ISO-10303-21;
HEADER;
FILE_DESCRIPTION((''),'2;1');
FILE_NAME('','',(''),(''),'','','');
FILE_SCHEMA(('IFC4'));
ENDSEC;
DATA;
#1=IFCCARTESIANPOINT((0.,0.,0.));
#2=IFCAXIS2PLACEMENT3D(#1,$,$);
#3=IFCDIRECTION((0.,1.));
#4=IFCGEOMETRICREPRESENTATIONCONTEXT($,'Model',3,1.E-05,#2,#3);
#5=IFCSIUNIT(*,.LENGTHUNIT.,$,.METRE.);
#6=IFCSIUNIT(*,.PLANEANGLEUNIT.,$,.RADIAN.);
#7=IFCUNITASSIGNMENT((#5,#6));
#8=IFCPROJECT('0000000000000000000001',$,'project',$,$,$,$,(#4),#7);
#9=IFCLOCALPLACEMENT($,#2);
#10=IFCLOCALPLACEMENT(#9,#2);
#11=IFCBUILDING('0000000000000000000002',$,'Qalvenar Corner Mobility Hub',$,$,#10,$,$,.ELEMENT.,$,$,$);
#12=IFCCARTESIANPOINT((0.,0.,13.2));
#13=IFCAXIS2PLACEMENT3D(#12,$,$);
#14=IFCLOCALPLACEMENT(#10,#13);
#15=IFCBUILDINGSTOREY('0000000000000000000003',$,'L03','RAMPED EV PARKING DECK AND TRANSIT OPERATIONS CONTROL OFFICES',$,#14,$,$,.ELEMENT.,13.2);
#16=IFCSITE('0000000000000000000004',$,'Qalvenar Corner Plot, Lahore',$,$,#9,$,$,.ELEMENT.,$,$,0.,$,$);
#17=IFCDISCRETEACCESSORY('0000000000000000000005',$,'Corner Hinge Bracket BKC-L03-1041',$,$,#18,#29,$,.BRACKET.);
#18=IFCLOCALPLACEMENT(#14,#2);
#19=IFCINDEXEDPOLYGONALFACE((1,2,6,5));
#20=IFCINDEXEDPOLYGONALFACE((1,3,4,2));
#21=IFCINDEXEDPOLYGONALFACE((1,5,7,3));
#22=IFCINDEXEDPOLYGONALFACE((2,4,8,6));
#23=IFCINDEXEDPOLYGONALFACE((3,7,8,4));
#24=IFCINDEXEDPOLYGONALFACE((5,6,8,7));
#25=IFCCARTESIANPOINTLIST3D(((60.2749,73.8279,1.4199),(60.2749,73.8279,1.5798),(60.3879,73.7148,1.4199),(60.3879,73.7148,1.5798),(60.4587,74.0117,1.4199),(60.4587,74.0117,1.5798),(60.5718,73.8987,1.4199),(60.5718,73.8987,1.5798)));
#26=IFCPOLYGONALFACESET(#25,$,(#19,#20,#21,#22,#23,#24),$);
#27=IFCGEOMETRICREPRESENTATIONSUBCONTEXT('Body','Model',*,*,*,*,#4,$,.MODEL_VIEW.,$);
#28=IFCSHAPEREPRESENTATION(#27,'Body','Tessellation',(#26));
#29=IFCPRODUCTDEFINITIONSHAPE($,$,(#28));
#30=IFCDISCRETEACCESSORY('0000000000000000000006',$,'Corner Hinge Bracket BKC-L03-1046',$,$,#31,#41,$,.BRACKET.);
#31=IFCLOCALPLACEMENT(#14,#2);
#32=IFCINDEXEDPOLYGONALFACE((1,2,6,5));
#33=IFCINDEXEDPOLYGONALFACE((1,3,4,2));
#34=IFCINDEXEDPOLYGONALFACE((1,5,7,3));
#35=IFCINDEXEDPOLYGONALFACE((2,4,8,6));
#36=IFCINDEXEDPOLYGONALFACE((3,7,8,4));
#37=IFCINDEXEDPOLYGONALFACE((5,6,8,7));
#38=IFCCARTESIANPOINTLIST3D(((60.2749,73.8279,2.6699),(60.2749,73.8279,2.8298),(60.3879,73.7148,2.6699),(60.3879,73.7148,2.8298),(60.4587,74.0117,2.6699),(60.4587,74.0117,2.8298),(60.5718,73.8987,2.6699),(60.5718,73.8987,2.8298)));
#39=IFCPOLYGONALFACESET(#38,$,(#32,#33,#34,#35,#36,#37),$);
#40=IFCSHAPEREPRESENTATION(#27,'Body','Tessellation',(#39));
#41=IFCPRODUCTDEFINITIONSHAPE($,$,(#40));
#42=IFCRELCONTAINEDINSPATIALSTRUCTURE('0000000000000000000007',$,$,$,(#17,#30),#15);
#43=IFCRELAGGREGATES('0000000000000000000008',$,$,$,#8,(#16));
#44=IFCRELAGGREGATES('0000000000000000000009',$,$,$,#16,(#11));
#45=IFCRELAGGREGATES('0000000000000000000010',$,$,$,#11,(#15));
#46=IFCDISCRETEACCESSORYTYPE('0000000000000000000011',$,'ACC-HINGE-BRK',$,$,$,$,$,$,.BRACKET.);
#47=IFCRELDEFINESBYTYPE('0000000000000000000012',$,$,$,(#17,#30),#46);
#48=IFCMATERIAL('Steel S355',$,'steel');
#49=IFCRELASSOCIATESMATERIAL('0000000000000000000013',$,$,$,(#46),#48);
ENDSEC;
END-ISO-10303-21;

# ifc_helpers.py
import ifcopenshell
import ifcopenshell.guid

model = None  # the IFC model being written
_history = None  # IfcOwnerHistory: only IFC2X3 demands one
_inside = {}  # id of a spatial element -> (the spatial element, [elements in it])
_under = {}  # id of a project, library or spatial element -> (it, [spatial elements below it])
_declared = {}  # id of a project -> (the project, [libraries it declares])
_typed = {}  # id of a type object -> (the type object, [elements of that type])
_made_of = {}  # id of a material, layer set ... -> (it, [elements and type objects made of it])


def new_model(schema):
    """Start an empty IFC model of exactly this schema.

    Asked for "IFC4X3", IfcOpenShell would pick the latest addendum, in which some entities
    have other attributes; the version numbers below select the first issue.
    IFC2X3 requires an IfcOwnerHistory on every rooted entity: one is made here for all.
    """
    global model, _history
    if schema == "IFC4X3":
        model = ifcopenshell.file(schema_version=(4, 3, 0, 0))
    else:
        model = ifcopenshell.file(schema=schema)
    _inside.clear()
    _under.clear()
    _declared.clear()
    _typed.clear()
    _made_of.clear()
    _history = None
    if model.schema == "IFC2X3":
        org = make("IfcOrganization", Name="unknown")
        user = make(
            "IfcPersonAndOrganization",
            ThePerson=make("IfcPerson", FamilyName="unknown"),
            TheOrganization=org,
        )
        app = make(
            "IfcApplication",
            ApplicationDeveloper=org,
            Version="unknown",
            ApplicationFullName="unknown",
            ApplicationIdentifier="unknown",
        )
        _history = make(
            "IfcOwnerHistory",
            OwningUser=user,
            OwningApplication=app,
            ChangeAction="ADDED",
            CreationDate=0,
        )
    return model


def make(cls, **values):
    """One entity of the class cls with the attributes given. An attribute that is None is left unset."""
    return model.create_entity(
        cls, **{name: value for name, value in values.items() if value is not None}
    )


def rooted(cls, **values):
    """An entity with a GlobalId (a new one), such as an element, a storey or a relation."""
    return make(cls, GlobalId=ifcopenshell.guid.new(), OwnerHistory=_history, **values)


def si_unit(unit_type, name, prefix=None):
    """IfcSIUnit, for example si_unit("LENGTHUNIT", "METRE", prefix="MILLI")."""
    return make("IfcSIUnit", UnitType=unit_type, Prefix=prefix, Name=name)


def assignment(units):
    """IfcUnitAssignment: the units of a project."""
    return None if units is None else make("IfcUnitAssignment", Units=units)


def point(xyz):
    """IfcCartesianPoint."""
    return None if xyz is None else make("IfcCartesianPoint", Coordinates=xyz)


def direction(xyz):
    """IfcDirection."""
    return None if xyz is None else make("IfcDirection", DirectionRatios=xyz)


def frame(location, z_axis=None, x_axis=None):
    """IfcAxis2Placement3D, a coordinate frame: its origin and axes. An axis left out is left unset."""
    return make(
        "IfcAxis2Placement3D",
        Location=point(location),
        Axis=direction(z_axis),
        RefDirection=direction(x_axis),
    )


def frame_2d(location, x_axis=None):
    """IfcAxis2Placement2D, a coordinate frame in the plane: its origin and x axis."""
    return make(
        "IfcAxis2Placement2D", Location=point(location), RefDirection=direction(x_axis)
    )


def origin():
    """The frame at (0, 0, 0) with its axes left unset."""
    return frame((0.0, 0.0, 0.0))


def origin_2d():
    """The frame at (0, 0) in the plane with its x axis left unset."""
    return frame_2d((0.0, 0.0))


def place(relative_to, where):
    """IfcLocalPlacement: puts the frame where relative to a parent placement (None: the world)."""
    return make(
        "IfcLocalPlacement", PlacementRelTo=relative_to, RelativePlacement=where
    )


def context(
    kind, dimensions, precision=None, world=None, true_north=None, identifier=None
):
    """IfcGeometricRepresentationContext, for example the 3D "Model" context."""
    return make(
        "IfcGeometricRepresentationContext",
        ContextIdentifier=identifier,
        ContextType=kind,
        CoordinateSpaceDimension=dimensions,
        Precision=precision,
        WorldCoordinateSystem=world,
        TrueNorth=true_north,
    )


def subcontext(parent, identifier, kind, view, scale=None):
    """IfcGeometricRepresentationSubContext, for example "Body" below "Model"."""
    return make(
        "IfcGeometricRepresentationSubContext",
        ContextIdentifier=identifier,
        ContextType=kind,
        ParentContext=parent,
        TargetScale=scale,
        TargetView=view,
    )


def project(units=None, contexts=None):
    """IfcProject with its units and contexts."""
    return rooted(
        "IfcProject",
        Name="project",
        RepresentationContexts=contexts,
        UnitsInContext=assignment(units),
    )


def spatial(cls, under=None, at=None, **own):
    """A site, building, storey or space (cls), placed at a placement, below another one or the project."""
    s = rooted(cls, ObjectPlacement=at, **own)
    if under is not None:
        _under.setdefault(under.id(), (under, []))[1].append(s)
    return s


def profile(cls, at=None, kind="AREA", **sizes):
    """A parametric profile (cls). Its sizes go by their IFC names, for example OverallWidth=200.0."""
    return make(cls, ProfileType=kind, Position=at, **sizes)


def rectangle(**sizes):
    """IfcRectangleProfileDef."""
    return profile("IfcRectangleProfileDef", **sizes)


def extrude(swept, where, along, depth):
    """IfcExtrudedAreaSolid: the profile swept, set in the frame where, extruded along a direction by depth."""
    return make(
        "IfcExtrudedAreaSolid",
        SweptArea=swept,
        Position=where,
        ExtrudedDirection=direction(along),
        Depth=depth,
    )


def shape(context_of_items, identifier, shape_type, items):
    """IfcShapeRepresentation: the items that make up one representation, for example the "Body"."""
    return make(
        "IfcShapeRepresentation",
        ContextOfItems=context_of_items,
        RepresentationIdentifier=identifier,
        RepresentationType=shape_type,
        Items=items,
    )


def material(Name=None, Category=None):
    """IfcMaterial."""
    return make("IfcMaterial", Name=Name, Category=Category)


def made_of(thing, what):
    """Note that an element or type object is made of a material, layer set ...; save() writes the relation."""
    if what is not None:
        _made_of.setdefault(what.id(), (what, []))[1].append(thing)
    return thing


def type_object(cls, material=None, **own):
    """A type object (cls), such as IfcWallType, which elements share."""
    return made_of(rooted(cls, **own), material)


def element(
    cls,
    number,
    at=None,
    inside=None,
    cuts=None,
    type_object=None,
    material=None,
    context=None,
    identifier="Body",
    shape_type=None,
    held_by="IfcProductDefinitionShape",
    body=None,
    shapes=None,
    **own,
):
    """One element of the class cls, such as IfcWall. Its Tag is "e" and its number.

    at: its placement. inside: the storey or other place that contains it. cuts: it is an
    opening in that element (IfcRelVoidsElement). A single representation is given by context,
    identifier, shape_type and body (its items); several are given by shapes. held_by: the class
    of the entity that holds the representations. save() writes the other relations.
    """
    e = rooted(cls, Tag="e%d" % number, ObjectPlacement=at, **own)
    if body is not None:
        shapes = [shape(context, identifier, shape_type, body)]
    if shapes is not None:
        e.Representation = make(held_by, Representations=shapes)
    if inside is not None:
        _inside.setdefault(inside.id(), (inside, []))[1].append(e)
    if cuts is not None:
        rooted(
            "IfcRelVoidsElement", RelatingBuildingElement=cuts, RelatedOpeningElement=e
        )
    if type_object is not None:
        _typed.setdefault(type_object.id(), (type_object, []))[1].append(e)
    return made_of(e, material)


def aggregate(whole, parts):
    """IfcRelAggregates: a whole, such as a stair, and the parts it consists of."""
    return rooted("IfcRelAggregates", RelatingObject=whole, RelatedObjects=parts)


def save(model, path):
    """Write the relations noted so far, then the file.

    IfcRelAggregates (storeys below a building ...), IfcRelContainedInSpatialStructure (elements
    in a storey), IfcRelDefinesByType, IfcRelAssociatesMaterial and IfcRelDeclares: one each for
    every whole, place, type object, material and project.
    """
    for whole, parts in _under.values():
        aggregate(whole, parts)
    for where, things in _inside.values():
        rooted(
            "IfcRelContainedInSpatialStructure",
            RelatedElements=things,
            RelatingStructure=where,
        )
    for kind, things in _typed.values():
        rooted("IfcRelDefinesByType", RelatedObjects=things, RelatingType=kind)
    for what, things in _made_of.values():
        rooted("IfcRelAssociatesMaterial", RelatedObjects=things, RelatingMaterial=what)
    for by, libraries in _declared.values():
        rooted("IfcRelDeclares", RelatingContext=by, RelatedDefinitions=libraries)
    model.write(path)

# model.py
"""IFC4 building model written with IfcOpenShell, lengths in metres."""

from ifc_helpers import new_model, si_unit, direction, frame, origin, origin_2d, place, context, subcontext, project, spatial, rectangle, extrude, material, type_object, element, save


model = new_model("IFC4")

# Units and contexts
model_context = context("Model", 3, precision=1e-05, world=origin(), true_north=direction((0.0, 1.0)))
body_context = subcontext(model_context, "Body", "Model", "MODEL_VIEW")
ifc_project = project(units=[si_unit("LENGTHUNIT", "METRE"), si_unit("PLANEANGLEUNIT", "RADIAN")], contexts=[model_context])

# Site, building, storey
site_placement = place(None, origin())
site = spatial("IfcSite", under=ifc_project, at=site_placement, Name="Qalvenar Corner Plot, Lahore", CompositionType="ELEMENT", RefElevation=0.0)
building_placement = place(site_placement, origin())
building = spatial("IfcBuilding", under=site, at=building_placement, Name="Qalvenar Corner Mobility Hub", CompositionType="ELEMENT")
storey_placement = place(building_placement, frame((0.0, 0.0, 13.2)))
storey = spatial("IfcBuildingStorey", under=building, at=storey_placement, Name="L03", Description="RAMPED EV PARKING DECK AND TRANSIT OPERATIONS CONTROL OFFICES", CompositionType="ELEMENT", Elevation=13.2)

# Shared definitions
ifc_material_1 = material(Name="Steel S355", Category="steel")

# Discrete accessories
discrete_accessory_type = type_object("IfcDiscreteAccessoryType", Name="ACC-HINGE-BRK", PredefinedType="BRACKET", material=ifc_material_1)
for number, where, z_axis, x_axis, name in (
    (1, (60.4233, 73.8633, 1.4199), (0.0, 0.0, 1.0), (0.707107, -0.707107, 0.0), "Corner Hinge Bracket BKC-L03-1041"),
    (2, (60.4233, 73.8633, 2.6699), (0.0, 0.0, 1.0), (0.707107, -0.707107, 0.0), "Corner Hinge Bracket BKC-L03-1046"),
):
    element("IfcDiscreteAccessory", number, at=place(storey_placement, frame(where, z_axis=z_axis, x_axis=x_axis)), inside=storey, type_object=discrete_accessory_type, Name=name, PredefinedType="BRACKET", context=body_context, shape_type="SweptSolid", body=[
        extrude(rectangle(XDim=0.1599, YDim=0.26, at=origin_2d()), origin(), (0.0, 0.0, 1.0), 0.1599),
    ])

save(model, "model.ifc")
